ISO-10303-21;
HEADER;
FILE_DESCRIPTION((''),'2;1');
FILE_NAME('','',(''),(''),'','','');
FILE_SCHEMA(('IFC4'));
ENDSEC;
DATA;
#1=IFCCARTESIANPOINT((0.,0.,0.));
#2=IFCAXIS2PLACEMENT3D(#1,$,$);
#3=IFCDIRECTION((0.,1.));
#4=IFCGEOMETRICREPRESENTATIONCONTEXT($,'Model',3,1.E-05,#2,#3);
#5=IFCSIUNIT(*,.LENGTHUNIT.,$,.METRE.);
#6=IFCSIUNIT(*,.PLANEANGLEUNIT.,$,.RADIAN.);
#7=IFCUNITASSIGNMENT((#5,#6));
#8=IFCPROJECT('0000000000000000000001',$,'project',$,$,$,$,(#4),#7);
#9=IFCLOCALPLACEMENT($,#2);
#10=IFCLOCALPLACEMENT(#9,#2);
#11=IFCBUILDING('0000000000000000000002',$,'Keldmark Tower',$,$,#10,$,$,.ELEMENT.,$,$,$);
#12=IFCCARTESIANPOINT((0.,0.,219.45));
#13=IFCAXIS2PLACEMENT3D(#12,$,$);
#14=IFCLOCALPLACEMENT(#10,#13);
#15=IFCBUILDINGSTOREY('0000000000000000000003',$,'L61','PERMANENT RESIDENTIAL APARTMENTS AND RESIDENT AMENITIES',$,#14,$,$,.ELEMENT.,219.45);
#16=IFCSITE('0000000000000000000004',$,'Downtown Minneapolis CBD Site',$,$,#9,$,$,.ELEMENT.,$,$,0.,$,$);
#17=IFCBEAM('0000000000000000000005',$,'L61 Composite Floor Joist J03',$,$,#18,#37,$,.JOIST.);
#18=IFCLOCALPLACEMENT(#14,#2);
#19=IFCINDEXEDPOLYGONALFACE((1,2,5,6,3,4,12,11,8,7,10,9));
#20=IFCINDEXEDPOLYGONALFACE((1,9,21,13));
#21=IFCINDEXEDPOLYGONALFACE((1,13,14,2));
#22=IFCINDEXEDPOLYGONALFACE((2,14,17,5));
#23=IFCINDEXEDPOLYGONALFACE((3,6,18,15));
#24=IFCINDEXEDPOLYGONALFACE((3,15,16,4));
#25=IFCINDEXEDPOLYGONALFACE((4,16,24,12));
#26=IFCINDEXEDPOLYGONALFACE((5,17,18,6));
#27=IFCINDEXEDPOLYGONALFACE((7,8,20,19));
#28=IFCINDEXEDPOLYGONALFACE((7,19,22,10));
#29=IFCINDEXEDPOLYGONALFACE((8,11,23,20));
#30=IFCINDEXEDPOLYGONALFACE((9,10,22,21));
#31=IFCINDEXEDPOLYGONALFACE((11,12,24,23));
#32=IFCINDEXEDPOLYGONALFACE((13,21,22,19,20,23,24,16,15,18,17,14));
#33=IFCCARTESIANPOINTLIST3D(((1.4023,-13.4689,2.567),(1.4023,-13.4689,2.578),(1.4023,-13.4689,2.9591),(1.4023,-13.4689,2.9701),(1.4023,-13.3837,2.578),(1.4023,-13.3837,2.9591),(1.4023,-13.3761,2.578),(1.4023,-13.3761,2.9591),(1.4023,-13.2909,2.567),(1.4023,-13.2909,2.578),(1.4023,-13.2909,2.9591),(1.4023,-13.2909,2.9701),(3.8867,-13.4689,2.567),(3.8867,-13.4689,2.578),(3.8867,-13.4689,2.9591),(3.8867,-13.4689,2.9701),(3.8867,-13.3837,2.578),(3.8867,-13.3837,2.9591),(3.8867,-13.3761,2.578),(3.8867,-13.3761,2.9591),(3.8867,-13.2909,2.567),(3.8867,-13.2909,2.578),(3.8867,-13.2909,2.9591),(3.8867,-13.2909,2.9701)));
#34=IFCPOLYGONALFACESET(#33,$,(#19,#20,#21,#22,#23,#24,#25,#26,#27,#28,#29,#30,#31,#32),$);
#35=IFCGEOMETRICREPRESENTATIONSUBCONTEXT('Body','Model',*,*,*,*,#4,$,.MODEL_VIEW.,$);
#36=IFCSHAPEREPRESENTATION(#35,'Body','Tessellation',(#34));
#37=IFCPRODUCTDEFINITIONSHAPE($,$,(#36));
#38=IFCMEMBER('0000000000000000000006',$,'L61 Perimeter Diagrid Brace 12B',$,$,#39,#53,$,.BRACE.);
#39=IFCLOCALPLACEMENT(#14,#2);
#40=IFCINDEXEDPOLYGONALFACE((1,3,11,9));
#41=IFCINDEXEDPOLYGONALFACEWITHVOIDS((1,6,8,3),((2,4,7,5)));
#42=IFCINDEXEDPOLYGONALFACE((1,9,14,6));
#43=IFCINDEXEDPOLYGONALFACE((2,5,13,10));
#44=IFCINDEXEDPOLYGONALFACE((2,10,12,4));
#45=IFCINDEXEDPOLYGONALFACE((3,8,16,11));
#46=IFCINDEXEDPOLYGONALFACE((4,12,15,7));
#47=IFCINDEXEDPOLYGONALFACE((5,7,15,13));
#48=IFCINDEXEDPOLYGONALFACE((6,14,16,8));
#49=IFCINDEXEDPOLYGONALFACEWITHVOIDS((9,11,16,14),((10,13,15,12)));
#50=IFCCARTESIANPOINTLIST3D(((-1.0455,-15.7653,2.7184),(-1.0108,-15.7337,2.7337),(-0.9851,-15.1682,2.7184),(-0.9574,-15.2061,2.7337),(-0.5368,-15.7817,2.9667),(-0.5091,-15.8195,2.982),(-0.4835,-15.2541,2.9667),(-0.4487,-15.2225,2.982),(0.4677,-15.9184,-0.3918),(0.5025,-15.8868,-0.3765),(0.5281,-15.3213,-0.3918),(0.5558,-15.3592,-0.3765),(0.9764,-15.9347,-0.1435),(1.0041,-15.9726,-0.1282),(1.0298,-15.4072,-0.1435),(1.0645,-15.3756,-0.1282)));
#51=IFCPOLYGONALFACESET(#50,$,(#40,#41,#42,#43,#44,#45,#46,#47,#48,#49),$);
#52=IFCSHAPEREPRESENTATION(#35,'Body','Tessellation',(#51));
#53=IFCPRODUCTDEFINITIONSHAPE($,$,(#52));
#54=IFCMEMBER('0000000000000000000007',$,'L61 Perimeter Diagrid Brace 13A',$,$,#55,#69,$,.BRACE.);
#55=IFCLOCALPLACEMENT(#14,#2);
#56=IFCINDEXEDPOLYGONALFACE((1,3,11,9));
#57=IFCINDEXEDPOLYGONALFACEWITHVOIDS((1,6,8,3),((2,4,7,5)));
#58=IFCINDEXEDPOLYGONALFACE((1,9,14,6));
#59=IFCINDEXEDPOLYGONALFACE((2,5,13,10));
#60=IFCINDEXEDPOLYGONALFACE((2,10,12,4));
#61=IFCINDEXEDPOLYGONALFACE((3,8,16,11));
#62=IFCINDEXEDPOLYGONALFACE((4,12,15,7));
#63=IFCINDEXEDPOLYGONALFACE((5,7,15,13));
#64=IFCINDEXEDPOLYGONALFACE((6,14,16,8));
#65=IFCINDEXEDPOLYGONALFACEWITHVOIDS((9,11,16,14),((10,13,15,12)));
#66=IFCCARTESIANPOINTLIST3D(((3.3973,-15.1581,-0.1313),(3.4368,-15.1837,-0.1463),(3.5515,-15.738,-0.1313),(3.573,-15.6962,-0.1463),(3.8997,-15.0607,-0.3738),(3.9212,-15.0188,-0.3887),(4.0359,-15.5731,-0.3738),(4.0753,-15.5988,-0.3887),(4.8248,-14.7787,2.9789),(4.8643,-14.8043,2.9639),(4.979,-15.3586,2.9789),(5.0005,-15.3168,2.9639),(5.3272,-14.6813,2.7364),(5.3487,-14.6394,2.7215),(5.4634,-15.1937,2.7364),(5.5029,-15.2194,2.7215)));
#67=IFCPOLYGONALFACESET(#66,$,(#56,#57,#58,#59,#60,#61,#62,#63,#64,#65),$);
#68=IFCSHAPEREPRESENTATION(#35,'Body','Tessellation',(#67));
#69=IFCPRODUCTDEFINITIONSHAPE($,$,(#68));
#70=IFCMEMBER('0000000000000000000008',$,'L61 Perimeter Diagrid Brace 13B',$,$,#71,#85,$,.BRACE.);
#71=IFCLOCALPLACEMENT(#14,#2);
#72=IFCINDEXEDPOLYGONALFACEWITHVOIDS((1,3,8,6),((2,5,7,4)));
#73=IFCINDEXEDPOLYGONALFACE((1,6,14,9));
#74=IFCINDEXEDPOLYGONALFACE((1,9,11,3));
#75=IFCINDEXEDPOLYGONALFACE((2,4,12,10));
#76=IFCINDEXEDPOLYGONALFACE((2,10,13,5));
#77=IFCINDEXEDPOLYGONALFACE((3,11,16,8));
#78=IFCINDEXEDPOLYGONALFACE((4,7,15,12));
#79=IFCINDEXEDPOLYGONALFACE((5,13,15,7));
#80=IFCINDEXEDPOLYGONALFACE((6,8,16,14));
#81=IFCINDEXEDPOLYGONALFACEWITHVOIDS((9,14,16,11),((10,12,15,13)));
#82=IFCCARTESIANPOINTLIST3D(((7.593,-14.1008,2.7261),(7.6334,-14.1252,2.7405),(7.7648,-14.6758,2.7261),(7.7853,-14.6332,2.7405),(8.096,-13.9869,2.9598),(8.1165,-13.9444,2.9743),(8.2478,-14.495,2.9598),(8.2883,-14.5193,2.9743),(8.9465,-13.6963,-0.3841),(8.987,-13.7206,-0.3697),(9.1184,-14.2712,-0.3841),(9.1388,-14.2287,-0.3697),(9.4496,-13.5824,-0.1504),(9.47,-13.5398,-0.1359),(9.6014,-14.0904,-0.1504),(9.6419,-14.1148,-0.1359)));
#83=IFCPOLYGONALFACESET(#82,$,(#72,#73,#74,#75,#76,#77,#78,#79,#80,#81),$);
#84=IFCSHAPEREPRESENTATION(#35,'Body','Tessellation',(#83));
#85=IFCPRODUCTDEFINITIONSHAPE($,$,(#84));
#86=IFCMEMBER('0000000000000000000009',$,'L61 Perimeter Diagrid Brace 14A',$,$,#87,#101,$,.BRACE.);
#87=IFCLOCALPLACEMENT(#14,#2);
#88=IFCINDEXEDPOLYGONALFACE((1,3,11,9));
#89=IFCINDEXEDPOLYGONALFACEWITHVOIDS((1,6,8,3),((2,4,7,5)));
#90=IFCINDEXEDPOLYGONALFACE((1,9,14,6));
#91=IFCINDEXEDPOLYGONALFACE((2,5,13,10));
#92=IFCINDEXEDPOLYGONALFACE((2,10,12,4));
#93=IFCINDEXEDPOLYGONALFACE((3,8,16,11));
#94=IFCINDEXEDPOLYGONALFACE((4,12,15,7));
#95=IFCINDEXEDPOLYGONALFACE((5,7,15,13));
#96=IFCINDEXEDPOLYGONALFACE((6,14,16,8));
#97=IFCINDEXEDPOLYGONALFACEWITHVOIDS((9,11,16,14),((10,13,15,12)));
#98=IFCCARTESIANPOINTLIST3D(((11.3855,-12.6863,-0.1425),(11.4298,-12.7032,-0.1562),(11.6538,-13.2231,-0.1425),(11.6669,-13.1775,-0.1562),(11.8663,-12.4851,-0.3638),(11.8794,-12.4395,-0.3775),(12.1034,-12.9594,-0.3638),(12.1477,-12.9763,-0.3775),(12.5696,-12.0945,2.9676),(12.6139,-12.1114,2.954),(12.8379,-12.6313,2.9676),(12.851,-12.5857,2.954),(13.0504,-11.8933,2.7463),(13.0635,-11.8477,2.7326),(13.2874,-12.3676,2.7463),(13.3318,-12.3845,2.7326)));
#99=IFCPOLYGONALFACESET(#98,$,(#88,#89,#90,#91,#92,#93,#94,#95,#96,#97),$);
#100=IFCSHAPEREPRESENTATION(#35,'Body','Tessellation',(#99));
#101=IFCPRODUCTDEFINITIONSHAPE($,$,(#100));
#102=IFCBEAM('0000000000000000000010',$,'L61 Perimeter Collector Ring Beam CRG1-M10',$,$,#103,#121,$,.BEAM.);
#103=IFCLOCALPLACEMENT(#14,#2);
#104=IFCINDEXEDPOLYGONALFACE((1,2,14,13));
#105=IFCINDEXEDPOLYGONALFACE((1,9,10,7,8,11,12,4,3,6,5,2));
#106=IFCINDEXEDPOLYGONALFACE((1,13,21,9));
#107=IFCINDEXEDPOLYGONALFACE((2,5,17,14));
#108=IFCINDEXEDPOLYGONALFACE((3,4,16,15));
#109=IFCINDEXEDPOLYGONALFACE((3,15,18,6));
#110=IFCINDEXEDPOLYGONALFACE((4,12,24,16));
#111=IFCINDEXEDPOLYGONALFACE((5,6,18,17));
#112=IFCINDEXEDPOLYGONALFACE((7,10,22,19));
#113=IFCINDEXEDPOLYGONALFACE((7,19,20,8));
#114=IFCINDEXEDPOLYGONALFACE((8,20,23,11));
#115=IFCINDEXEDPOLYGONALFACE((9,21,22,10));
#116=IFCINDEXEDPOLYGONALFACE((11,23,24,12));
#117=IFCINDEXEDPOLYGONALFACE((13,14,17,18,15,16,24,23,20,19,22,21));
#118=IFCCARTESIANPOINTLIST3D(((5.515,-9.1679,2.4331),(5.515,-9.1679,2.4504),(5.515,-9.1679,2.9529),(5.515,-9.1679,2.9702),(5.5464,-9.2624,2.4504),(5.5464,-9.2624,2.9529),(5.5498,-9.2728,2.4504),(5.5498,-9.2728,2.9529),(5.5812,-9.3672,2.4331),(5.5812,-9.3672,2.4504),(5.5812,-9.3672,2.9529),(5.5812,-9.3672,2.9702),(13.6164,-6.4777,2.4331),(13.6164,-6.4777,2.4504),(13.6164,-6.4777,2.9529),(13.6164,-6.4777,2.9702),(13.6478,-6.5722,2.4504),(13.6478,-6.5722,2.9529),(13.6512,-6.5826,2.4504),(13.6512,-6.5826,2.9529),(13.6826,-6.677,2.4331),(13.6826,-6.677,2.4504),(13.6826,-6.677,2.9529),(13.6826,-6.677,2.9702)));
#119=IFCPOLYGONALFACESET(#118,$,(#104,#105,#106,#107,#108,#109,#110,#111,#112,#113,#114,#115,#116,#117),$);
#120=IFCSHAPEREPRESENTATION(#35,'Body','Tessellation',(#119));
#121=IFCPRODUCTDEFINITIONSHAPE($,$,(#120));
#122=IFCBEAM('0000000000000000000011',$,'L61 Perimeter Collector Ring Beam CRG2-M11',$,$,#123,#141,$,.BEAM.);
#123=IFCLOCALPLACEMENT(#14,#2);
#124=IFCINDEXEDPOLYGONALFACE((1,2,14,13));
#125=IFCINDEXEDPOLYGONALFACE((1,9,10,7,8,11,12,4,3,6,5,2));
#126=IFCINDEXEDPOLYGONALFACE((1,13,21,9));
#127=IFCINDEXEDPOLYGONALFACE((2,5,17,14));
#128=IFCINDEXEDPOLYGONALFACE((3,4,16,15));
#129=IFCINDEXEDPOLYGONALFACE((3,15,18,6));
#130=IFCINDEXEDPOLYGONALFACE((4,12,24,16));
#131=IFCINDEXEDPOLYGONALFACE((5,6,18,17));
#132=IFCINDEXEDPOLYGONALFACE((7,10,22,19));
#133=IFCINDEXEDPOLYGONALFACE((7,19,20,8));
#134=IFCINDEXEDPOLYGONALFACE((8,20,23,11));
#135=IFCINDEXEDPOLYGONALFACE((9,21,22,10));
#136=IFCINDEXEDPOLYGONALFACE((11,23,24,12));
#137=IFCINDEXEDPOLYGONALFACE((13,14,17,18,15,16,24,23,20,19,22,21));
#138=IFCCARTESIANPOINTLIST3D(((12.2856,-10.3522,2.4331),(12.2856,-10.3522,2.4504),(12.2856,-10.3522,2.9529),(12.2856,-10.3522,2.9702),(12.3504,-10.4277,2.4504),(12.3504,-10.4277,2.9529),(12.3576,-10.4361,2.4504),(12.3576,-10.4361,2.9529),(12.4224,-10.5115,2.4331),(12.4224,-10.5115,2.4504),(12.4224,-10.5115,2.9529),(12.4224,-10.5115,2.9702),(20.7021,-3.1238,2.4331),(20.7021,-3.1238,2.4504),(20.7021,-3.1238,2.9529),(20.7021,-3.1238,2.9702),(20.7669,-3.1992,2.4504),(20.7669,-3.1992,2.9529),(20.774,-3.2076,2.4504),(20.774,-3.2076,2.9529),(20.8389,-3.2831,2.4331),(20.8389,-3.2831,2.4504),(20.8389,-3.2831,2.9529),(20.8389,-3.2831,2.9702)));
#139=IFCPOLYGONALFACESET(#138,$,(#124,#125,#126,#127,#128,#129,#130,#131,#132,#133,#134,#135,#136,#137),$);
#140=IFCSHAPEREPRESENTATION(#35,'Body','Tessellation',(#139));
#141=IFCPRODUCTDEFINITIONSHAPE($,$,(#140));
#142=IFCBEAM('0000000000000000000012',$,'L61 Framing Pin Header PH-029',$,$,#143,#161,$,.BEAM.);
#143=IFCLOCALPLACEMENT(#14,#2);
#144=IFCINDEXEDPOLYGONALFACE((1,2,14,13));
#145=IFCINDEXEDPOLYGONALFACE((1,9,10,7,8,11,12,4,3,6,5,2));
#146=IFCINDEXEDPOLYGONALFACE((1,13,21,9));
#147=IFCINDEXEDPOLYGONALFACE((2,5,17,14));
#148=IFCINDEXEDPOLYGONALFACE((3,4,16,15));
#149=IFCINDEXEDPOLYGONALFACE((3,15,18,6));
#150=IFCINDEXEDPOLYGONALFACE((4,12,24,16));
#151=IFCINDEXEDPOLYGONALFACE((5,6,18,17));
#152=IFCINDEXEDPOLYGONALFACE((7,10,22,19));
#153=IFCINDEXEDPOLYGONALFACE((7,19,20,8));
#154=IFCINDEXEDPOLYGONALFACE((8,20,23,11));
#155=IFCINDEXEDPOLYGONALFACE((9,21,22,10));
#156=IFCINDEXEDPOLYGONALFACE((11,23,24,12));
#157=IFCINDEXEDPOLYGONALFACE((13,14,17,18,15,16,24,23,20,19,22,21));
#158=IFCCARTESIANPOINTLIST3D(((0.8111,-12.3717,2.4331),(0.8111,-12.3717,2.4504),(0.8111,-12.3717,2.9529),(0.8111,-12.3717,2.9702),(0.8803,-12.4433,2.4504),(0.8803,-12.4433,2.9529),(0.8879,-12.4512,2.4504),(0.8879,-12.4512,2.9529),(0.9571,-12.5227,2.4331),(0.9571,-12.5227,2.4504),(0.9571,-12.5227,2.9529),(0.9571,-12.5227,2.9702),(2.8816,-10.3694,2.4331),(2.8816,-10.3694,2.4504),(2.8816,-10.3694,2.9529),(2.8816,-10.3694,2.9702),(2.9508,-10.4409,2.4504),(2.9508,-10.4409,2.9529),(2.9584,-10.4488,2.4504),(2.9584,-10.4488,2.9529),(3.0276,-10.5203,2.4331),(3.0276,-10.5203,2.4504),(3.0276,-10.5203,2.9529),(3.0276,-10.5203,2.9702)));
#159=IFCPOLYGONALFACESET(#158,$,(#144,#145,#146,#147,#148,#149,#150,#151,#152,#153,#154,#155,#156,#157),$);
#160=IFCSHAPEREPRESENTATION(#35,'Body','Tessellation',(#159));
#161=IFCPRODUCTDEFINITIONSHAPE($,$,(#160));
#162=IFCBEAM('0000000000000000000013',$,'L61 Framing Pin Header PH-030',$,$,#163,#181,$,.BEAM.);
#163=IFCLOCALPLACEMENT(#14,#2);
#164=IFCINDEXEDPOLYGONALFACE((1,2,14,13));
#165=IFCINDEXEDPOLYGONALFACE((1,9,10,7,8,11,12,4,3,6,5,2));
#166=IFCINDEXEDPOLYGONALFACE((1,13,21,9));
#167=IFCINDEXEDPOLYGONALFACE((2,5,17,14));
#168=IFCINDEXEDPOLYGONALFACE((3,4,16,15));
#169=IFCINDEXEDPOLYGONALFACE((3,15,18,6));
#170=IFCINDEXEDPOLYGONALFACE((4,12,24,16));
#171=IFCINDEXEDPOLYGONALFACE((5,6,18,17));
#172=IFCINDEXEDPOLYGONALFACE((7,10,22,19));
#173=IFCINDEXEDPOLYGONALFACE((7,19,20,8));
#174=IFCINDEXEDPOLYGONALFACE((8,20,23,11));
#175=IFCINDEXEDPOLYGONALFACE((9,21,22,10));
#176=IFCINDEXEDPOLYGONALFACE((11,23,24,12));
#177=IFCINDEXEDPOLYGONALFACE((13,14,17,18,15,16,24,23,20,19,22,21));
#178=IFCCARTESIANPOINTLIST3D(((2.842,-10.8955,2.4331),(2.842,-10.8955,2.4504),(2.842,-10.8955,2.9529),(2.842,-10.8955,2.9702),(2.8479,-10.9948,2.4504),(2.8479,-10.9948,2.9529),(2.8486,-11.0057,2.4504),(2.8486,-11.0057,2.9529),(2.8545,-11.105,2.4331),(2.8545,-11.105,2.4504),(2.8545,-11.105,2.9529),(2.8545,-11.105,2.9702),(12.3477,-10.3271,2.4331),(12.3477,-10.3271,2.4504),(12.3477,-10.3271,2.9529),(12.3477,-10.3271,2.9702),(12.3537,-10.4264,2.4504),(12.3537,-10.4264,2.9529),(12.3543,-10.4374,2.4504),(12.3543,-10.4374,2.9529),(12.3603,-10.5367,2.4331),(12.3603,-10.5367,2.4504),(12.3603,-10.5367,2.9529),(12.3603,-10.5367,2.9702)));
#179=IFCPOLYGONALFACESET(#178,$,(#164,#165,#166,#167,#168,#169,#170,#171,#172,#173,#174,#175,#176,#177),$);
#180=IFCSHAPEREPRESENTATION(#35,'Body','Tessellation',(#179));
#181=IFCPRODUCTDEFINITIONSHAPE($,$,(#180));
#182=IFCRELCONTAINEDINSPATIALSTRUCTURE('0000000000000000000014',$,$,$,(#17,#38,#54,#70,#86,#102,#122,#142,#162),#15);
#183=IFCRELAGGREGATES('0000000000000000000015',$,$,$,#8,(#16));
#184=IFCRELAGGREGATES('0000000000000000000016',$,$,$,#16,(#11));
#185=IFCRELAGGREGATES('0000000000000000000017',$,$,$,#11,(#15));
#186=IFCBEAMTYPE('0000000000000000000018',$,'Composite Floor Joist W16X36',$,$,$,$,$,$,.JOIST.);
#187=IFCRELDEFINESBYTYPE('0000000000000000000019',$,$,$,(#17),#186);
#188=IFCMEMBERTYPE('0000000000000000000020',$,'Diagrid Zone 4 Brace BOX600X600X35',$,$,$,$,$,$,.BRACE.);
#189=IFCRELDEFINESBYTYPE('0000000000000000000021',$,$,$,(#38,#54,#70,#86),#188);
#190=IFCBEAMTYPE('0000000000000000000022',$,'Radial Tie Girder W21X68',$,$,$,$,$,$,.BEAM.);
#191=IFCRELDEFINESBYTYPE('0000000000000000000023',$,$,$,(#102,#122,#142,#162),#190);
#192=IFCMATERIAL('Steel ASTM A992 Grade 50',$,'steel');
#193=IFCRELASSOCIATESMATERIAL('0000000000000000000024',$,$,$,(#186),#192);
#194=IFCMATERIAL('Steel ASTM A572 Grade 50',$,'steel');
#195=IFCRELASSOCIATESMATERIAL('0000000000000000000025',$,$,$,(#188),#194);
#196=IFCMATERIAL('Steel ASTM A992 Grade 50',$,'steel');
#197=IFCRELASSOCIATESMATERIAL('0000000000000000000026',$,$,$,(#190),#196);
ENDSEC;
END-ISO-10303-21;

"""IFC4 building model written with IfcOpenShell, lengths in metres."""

from ifc_helpers import new_model, si_unit, direction, frame, origin, origin_2d, place, context, subcontext, project, spatial, hollow_rectangle, i_section, extrude, material, material_profile, profile_set, type_object, element, save


model = new_model("IFC4")

# Units and contexts
model_context = context("Model", 3, precision=1e-05, world=origin(), true_north=direction((0.0, 1.0)))
body_context = subcontext(model_context, "Body", "Model", "MODEL_VIEW")
ifc_project = project(units=[si_unit("LENGTHUNIT", "METRE"), si_unit("PLANEANGLEUNIT", "RADIAN")], contexts=[model_context])

# Site, building, storey
site_placement = place(None, origin())
site = spatial("IfcSite", under=ifc_project, at=site_placement, Name="Downtown Minneapolis CBD Site", CompositionType="ELEMENT", RefElevation=0.0)
building_placement = place(site_placement, origin())
building = spatial("IfcBuilding", under=site, at=building_placement, Name="Keldmark Tower", CompositionType="ELEMENT")
storey_placement = place(building_placement, frame((0.0, 0.0, 219.45)))
storey = spatial("IfcBuildingStorey", under=building, at=storey_placement, Name="L61", Description="PERMANENT RESIDENTIAL APARTMENTS AND RESIDENT AMENITIES", CompositionType="ELEMENT", Elevation=219.45)

# Beam
ifc_material_1 = material(Name="Steel ASTM A992 Grade 50", Category="steel")
ifc_material_profile_1 = material_profile(ifc_material_1, i_section(OverallWidth=0.178, OverallDepth=0.4031, WebThickness=0.0076, FlangeThickness=0.011, at=origin_2d()), Name="W16X36")
ifc_profile_set_1 = profile_set([ifc_material_profile_1], Name="Steel ASTM A992 Grade 50")
beam_type_1 = type_object("IfcBeamType", Name="Composite Floor Joist W16X36", PredefinedType="JOIST", material=ifc_profile_set_1)
beam_1_placement = place(storey_placement, frame((1.4023, -13.3799, 2.7686), z_axis=(1.0, 0.0, 0.0), x_axis=(0.0, 1.0, 0.0)))
element("IfcBeam", 1, at=beam_1_placement, inside=storey, type_object=beam_type_1, Name="L61 Composite Floor Joist J03", PredefinedType="JOIST", context=body_context, shape_type="SweptSolid", body=[
    extrude(i_section(OverallWidth=0.178, OverallDepth=0.4031, WebThickness=0.0076, FlangeThickness=0.011, at=origin_2d()), origin(), (0.0, 0.0, 1.0), 2.4844),
])

# Members
ifc_material_2 = material(Name="Steel ASTM A572 Grade 50", Category="steel")
ifc_material_profile_2 = material_profile(ifc_material_2, hollow_rectangle(XDim=0.6001, YDim=0.6001, WallThickness=0.0349, at=origin_2d()), Name="BOX600X600X35")
ifc_profile_set_2 = profile_set([ifc_material_profile_2], Name="Steel ASTM A572 Grade 50")
member_type = type_object("IfcMemberType", Name="Diagrid Zone 4 Brace BOX600X600X35", PredefinedType="BRACE", material=ifc_profile_set_2)
member_1_placement = place(storey_placement, frame((0.7661, -15.647, -0.26), z_axis=(-0.437075, 0.044215, 0.898338), x_axis=(-0.100648, -0.994922, 0.0)))
element("IfcMember", 2, at=member_1_placement, inside=storey, type_object=member_type, Name="L61 Perimeter Diagrid Brace 12B", PredefinedType="BRACE", context=body_context, shape_type="SweptSolid", body=[
    extrude(hollow_rectangle(XDim=0.6001, YDim=0.6001, WallThickness=0.0349, at=origin_2d()), origin(), (0.0, 0.0, 1.0), 3.4622),
])
member_2_placement = place(storey_placement, frame((3.7363, -15.3784, -0.26), z_axis=(0.414603, 0.110192, 0.903306), x_axis=(-0.25686, 0.966449, 0.0)))
element("IfcMember", 3, at=member_2_placement, inside=storey, type_object=member_type, Name="L61 Perimeter Diagrid Brace 13A", PredefinedType="BRACE", context=body_context, shape_type="SweptSolid", body=[
    extrude(hollow_rectangle(XDim=0.6001, YDim=0.6001, WallThickness=0.0349, at=origin_2d()), origin(), (0.0, 0.0, 1.0), 3.4431),
])
member_3_placement = place(storey_placement, frame((9.2942, -13.9055, -0.26), z_axis=(-0.396239, -0.118429, 0.910478), x_axis=(0.286365, -0.958121, 0.0)))
element("IfcMember", 4, at=member_3_placement, inside=storey, type_object=member_type, Name="L61 Perimeter Diagrid Brace 13B", PredefinedType="BRACE", context=body_context, shape_type="SweptSolid", body=[
    extrude(hollow_rectangle(XDim=0.6001, YDim=0.6001, WallThickness=0.0349, at=origin_2d()), origin(), (0.0, 0.0, 1.0), 3.416),
])
member_4_placement = place(storey_placement, frame((11.7666, -12.8313, -0.26), z_axis=(0.35031, 0.175083, 0.920124), x_axis=(-0.447066, 0.894501, 0.0)))
element("IfcMember", 5, at=member_4_placement, inside=storey, type_object=member_type, Name="L61 Perimeter Diagrid Brace 14A", PredefinedType="BRACE", context=body_context, shape_type="SweptSolid", body=[
    extrude(hollow_rectangle(XDim=0.6001, YDim=0.6001, WallThickness=0.0349, at=origin_2d()), origin(), (0.0, 0.0, 1.0), 3.3801),
])

# Beams
ifc_material_3 = material(Name="Steel ASTM A992 Grade 50", Category="steel")
ifc_material_profile_3 = material_profile(ifc_material_3, i_section(OverallWidth=0.21, OverallDepth=0.5371, WebThickness=0.011, FlangeThickness=0.0173, at=origin_2d()), Name="W21X68")
ifc_profile_set_3 = profile_set([ifc_material_profile_3], Name="Steel ASTM A992 Grade 50")
beam_type_2 = type_object("IfcBeamType", Name="Radial Tie Girder W21X68", PredefinedType="BEAM", material=ifc_profile_set_3)
beam_2_placement = place(storey_placement, frame((5.5481, -9.2676, 2.7017), z_axis=(0.949043, 0.315146, 0.0), x_axis=(-0.315146, 0.949043, 0.0)))
element("IfcBeam", 6, at=beam_2_placement, inside=storey, type_object=beam_type_2, Name="L61 Perimeter Collector Ring Beam CRG1-M10", PredefinedType="BEAM", context=body_context, shape_type="SweptSolid", body=[
    extrude(i_section(OverallWidth=0.21, OverallDepth=0.5371, WebThickness=0.011, FlangeThickness=0.0173, at=origin_2d()), origin(), (0.0, 0.0, 1.0), 8.5364),
])
beam_3_placement = place(storey_placement, frame((12.354, -10.4319, 2.7017), z_axis=(0.758616, 0.651538, 0.0), x_axis=(-0.651538, 0.758616, 0.0)))
element("IfcBeam", 7, at=beam_3_placement, inside=storey, type_object=beam_type_2, Name="L61 Perimeter Collector Ring Beam CRG2-M11", PredefinedType="BEAM", context=body_context, shape_type="SweptSolid", body=[
    extrude(i_section(OverallWidth=0.21, OverallDepth=0.5371, WebThickness=0.011, FlangeThickness=0.0173, at=origin_2d()), origin(), (0.0, 0.0, 1.0), 11.0945),
])
beam_4_placement = place(storey_placement, frame((2.9546, -10.4448, 2.7017), z_axis=(-0.718832, -0.695184, 0.0), x_axis=(0.695184, -0.718832, 0.0)))
element("IfcBeam", 8, at=beam_4_placement, inside=storey, type_object=beam_type_2, Name="L61 Framing Pin Header PH-029", PredefinedType="BEAM", context=body_context, shape_type="SweptSolid", body=[
    extrude(i_section(OverallWidth=0.21, OverallDepth=0.5371, WebThickness=0.011, FlangeThickness=0.0173, at=origin_2d()), origin(), (0.0, 0.0, 1.0), 2.8804),
])
beam_5_placement = place(storey_placement, frame((12.354, -10.4319, 2.7017), z_axis=(-0.998217, -0.059685, 0.0), x_axis=(0.059685, -0.998217, 0.0)))
element("IfcBeam", 9, at=beam_5_placement, inside=storey, type_object=beam_type_2, Name="L61 Framing Pin Header PH-030", PredefinedType="BEAM", context=body_context, shape_type="SweptSolid", body=[
    extrude(i_section(OverallWidth=0.21, OverallDepth=0.5371, WebThickness=0.011, FlangeThickness=0.0173, at=origin_2d()), origin(), (0.0, 0.0, 1.0), 9.5227),
])

save(model, "model.ifc")
